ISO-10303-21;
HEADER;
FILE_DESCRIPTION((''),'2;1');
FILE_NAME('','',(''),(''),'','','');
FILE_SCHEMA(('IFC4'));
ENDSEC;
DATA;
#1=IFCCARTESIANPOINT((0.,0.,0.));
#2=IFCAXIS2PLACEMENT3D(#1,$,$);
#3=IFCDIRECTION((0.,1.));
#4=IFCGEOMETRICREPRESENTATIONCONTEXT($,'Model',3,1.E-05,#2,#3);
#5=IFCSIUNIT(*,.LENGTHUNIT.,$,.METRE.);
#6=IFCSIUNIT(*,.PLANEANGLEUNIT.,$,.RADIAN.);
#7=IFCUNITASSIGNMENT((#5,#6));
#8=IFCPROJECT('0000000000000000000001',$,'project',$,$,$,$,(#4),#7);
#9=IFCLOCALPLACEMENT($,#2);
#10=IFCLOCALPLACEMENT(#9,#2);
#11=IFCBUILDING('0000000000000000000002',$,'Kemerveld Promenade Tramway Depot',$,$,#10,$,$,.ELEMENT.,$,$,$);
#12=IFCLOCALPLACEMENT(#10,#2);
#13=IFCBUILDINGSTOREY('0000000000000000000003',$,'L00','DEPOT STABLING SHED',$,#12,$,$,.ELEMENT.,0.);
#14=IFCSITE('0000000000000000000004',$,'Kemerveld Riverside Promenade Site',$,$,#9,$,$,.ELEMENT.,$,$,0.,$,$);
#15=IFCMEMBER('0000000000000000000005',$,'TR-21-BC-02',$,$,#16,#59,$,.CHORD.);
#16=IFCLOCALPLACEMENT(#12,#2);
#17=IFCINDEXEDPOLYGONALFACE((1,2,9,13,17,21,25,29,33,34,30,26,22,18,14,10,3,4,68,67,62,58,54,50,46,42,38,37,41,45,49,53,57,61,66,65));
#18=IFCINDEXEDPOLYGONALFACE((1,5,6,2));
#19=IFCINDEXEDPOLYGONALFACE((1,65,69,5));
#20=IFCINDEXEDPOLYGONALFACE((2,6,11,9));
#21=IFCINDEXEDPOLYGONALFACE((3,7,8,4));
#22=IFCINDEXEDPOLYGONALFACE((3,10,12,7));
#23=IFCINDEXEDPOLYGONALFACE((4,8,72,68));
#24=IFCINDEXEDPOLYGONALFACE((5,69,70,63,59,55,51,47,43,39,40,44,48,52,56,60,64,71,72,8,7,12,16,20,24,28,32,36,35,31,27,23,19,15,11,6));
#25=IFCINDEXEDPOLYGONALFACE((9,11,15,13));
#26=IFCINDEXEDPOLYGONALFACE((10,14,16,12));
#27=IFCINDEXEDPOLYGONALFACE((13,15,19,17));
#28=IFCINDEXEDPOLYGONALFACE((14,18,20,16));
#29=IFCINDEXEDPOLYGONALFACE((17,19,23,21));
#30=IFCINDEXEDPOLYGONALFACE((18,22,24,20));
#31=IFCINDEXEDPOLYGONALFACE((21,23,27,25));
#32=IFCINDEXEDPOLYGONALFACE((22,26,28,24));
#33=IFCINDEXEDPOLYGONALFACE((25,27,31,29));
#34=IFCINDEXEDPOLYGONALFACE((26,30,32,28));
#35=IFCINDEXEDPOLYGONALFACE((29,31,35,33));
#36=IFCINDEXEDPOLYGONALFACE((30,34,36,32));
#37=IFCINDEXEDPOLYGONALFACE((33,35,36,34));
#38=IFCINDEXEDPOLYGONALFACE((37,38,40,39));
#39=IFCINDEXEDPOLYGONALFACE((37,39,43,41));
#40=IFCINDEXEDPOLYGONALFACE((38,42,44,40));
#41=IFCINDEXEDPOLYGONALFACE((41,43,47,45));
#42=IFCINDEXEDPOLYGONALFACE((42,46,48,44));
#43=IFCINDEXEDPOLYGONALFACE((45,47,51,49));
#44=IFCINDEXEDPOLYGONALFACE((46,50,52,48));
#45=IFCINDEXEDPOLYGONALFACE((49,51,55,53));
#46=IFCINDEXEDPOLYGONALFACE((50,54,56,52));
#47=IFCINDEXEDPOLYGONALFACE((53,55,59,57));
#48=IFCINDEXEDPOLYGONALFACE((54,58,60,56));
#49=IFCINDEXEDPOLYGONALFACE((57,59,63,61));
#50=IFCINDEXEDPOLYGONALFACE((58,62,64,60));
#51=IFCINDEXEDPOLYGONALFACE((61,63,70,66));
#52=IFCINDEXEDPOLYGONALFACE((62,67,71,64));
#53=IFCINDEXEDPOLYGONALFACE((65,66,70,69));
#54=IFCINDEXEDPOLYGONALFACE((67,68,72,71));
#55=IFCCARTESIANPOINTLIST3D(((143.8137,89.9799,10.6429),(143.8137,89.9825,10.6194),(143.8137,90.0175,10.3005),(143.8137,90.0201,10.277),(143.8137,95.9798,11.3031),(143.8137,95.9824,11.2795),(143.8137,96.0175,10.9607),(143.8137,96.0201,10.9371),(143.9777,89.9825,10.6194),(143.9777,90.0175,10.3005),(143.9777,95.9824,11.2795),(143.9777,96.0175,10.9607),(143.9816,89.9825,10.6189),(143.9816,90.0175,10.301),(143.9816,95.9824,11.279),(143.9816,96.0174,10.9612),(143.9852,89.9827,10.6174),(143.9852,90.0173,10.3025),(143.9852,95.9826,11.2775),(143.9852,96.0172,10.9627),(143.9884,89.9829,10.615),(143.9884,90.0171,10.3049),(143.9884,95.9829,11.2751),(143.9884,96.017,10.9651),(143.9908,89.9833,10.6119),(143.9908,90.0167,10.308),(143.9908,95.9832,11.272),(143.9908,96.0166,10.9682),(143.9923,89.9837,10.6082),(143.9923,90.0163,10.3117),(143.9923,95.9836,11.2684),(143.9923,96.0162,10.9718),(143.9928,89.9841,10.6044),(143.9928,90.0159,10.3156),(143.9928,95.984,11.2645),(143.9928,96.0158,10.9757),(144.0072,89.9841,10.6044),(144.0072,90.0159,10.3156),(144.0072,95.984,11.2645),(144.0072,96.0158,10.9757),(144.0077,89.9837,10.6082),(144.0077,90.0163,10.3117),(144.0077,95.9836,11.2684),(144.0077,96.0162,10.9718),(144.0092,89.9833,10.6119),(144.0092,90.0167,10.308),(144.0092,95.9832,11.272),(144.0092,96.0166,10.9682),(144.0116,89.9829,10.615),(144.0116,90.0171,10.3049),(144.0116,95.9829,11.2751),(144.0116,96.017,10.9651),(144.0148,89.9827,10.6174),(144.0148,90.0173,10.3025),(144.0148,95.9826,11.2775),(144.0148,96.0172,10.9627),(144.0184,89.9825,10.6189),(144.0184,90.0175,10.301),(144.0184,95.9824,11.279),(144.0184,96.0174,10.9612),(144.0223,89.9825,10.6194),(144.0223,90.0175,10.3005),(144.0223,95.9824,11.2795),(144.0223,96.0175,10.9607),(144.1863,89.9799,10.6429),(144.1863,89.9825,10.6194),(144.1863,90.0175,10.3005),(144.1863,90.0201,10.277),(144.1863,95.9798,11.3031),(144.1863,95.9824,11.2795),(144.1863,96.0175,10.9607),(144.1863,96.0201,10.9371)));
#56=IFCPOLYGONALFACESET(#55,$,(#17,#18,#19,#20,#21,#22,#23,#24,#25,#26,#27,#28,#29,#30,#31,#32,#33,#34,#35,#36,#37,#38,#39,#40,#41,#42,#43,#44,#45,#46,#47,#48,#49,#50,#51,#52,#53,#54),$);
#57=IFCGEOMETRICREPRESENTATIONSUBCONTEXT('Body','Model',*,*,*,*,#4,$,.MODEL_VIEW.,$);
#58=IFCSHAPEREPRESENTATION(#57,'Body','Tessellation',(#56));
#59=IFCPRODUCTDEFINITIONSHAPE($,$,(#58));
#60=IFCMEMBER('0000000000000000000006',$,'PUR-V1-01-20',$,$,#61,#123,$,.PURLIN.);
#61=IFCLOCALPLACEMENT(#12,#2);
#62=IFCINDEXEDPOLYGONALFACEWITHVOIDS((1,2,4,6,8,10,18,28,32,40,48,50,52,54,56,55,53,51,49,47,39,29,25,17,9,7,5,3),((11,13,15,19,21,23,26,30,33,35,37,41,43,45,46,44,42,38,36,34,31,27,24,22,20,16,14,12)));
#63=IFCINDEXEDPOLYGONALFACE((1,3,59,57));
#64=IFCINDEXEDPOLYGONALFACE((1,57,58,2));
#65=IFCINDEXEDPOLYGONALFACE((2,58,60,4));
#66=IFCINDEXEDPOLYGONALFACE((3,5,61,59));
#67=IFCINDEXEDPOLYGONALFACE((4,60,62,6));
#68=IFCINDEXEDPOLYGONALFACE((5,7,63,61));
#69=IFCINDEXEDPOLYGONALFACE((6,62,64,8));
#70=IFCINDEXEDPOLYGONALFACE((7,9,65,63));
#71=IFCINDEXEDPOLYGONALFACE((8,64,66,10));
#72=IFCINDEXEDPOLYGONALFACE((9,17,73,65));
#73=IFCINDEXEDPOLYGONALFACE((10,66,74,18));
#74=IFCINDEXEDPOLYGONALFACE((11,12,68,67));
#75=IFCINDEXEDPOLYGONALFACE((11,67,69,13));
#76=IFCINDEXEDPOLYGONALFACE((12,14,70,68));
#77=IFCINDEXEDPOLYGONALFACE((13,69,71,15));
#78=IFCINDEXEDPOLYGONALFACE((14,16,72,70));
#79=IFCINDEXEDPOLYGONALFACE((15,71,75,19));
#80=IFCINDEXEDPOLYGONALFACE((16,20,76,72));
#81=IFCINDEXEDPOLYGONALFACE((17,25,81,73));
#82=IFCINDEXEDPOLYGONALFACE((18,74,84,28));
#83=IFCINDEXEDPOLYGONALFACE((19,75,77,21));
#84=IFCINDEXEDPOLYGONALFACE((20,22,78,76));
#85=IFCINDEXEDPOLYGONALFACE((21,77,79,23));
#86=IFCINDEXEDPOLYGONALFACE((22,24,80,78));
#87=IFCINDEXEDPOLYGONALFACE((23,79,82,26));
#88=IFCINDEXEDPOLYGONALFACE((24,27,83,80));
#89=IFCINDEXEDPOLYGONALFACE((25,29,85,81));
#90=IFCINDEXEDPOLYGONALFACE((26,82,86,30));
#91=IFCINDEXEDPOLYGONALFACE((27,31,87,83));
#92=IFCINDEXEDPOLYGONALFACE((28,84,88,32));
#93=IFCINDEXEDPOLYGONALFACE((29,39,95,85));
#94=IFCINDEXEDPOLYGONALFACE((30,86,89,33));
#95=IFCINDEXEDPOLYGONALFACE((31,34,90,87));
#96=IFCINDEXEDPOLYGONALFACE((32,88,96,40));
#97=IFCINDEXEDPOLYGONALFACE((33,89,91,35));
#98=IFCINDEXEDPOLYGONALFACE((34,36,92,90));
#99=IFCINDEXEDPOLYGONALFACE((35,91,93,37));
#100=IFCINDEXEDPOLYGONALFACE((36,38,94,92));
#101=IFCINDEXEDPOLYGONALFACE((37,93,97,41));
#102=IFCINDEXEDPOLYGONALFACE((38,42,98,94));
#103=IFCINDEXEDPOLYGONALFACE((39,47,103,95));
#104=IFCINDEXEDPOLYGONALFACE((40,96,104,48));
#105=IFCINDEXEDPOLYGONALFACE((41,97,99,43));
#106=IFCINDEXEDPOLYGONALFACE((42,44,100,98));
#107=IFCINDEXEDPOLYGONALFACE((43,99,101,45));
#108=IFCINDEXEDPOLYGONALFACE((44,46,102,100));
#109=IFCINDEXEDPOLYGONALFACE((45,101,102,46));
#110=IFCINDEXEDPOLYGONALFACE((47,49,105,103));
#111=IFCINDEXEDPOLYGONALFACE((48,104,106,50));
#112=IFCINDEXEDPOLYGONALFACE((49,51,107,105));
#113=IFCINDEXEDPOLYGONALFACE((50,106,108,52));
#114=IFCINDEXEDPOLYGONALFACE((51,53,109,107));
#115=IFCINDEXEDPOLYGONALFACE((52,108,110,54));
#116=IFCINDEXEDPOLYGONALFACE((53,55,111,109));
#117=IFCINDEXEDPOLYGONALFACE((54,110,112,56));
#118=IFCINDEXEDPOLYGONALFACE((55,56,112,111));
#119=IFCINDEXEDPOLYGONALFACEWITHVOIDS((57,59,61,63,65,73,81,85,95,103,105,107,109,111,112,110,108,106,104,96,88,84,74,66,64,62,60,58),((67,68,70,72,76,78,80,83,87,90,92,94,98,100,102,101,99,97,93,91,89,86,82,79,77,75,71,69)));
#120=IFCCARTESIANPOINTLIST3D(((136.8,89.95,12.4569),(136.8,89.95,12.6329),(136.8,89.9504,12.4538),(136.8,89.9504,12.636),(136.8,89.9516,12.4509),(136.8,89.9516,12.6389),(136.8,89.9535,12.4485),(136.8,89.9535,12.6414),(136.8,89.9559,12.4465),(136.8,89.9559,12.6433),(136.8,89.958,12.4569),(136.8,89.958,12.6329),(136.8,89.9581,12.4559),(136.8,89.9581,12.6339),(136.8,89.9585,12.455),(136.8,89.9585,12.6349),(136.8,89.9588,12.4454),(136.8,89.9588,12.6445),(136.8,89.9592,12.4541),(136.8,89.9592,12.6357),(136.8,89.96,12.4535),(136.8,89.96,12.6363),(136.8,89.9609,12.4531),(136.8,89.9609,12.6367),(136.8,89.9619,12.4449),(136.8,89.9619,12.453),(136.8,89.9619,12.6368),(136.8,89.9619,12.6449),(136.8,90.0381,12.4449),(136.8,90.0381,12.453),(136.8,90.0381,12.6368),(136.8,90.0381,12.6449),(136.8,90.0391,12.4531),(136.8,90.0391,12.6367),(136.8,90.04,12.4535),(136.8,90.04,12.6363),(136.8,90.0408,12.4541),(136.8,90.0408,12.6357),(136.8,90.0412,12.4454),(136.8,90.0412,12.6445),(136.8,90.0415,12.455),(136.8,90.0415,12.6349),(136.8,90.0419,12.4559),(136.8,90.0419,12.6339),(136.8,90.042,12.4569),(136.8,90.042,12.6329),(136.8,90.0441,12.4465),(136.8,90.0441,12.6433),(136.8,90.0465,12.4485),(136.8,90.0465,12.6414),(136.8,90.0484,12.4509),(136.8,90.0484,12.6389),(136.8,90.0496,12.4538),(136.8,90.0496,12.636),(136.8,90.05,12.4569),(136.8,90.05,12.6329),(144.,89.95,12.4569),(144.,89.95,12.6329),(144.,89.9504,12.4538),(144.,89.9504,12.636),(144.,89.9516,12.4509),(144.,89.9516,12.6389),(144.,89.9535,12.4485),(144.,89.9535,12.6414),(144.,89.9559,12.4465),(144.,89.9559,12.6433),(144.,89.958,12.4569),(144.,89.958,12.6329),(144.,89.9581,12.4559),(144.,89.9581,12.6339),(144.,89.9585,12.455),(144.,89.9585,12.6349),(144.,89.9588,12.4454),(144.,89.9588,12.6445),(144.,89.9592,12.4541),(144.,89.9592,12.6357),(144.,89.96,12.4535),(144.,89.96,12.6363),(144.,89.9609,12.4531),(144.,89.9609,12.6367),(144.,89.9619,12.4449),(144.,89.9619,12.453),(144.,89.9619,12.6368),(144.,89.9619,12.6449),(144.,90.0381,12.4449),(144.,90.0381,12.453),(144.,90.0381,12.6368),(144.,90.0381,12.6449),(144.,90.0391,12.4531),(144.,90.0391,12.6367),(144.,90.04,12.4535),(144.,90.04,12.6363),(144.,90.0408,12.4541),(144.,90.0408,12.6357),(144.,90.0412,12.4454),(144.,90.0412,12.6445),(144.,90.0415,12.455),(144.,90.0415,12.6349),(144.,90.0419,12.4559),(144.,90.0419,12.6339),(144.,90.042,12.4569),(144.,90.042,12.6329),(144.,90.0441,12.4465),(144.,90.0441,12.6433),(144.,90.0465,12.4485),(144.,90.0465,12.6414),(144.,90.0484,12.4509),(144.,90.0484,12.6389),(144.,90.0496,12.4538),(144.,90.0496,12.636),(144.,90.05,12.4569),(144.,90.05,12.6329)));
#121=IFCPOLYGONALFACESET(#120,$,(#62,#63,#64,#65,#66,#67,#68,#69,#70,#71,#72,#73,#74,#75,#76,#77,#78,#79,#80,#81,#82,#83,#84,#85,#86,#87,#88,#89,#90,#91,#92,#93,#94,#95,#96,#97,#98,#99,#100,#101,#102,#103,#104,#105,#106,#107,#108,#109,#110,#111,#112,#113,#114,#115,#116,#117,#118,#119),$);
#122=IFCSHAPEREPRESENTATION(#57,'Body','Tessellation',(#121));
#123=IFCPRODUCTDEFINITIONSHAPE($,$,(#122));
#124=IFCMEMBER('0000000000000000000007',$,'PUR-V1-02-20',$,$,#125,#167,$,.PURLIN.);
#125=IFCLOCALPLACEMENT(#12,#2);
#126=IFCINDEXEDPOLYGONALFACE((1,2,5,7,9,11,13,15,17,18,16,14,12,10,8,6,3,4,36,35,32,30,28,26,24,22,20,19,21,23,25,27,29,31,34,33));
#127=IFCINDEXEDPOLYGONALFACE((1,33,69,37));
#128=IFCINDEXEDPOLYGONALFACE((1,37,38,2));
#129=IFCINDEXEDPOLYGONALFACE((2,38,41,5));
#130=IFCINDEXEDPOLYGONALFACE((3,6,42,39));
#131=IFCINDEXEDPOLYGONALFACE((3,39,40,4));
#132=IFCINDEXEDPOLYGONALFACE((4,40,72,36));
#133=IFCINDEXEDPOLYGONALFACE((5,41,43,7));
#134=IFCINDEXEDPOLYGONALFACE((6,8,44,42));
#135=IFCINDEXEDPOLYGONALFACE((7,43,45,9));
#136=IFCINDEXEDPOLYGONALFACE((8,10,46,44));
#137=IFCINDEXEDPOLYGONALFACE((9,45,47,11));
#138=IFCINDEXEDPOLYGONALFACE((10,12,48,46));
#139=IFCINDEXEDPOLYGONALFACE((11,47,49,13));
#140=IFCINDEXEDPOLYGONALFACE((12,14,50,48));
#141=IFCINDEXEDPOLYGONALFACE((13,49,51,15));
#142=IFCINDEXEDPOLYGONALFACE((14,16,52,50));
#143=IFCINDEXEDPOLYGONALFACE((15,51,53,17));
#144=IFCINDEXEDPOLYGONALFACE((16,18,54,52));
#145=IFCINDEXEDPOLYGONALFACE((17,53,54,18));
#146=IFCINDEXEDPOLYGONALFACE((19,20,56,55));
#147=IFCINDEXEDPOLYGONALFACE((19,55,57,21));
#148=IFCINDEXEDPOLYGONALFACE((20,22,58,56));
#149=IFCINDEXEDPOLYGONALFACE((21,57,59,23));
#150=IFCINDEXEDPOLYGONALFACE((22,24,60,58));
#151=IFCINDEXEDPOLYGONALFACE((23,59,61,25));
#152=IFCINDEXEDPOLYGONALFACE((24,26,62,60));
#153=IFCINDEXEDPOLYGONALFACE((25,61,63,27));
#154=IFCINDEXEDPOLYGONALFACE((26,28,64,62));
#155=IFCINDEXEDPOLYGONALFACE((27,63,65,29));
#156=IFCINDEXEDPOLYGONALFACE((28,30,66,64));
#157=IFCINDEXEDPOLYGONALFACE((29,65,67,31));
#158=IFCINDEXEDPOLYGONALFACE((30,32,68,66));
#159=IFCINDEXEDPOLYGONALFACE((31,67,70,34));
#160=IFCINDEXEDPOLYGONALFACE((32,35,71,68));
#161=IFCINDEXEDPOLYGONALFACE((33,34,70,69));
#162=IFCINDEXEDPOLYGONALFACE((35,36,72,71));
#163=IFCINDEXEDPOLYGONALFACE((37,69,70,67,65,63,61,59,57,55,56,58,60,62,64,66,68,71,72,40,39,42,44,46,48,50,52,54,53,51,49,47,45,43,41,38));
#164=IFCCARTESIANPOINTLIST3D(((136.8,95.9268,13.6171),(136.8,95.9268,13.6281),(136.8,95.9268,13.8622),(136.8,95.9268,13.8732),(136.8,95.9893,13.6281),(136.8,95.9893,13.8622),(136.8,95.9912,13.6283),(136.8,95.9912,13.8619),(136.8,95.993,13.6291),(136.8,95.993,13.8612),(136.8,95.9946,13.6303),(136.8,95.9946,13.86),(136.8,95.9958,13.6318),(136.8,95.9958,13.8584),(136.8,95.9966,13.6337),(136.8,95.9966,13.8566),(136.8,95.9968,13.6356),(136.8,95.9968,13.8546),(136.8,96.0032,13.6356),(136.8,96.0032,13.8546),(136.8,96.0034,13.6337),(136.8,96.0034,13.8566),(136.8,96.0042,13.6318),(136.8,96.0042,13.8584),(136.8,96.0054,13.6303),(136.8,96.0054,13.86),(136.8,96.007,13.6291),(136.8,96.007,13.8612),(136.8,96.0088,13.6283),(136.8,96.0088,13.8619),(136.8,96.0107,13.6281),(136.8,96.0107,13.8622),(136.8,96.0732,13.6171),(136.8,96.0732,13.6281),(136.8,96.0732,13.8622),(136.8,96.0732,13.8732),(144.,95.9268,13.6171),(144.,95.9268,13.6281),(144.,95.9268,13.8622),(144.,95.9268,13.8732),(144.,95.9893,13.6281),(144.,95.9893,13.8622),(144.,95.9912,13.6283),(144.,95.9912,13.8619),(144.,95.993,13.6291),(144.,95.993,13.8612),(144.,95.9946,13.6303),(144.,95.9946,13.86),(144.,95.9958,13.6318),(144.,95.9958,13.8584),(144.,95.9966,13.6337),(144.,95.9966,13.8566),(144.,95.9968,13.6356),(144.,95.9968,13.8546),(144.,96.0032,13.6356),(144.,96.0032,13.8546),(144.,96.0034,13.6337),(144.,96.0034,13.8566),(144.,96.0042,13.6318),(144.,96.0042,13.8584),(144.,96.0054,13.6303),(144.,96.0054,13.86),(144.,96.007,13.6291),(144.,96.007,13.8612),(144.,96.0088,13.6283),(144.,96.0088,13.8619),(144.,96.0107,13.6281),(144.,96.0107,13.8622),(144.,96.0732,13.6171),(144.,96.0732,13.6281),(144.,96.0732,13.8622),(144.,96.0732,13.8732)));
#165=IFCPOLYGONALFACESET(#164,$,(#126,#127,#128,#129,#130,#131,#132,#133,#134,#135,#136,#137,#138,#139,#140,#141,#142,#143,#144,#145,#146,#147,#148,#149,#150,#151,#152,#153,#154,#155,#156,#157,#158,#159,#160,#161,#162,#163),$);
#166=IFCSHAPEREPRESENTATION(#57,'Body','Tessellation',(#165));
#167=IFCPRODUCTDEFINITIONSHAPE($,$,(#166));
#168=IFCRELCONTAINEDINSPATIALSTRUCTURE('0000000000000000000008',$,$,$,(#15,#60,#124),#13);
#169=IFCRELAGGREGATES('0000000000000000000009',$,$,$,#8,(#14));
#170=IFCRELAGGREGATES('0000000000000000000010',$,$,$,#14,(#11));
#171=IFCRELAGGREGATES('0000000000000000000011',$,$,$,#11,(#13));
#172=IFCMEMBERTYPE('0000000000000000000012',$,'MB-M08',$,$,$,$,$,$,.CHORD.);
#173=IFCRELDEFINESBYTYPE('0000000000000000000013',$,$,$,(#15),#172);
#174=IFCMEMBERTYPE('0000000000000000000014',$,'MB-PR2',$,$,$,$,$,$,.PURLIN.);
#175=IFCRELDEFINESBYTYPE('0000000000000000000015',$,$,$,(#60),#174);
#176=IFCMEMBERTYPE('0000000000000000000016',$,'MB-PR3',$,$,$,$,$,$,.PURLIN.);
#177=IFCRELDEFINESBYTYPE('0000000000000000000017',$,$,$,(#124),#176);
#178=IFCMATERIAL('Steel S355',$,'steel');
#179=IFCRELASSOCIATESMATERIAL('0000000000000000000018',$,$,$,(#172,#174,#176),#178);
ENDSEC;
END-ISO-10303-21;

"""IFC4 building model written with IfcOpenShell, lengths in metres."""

from ifc_helpers import new_model, si_unit, direction, frame, origin, origin_2d, place, context, subcontext, project, spatial, hollow_rectangle, i_section, extrude, material, material_profile, profile_set, type_object, element, save


model = new_model("IFC4")

# Units and contexts
model_context = context("Model", 3, precision=1e-05, world=origin(), true_north=direction((0.0, 1.0)))
body_context = subcontext(model_context, "Body", "Model", "MODEL_VIEW")
ifc_project = project(units=[si_unit("LENGTHUNIT", "METRE"), si_unit("PLANEANGLEUNIT", "RADIAN")], contexts=[model_context])

# Site, building, storey
site_placement = place(None, origin())
site = spatial("IfcSite", under=ifc_project, at=site_placement, Name="Kemerveld Riverside Promenade Site", CompositionType="ELEMENT", RefElevation=0.0)
building_placement = place(site_placement, origin())
building = spatial("IfcBuilding", under=site, at=building_placement, Name="Kemerveld Promenade Tramway Depot", CompositionType="ELEMENT")
storey_placement = place(building_placement, origin())
storey = spatial("IfcBuildingStorey", under=building, at=storey_placement, Name="L00", Description="DEPOT STABLING SHED", CompositionType="ELEMENT", Elevation=0.0)

# Members
ifc_material_1 = material(Name="Steel S355", Category="steel")
ifc_material_profile_1 = material_profile(ifc_material_1, i_section(OverallWidth=0.3726, OverallDepth=0.3682, WebThickness=0.0144, FlangeThickness=0.0237, FilletRadius=0.0151, at=origin_2d()), Name="356x368x177 UC")
ifc_profile_set_1 = profile_set([ifc_material_profile_1], Name="Steel S355")
member_type_1 = type_object("IfcMemberType", Name="MB-M08", PredefinedType="CHORD", material=ifc_profile_set_1)
for number, where, z_axis, x_axis, name in (
    (1, (144.0, 90.0, 10.46), (0.0, 0.994002, 0.109366), (-1.0, 0.0, 0.0), "TR-21-BC-02"),
):
    element("IfcMember", number, at=place(storey_placement, frame(where, z_axis=z_axis, x_axis=x_axis)), inside=storey, type_object=member_type_1, Name=name, PredefinedType="CHORD", context=body_context, shape_type="SweptSolid", body=[
        extrude(i_section(OverallWidth=0.3726, OverallDepth=0.3682, WebThickness=0.0144, FlangeThickness=0.0237, FilletRadius=0.0151, at=origin_2d()), origin(), (0.0, 0.0, 1.0), 6.0361),
    ])
ifc_material_profile_2 = material_profile(ifc_material_1, hollow_rectangle(XDim=0.1001, YDim=0.2, WallThickness=0.0081, InnerFilletRadius=0.0039, OuterFilletRadius=0.012, at=origin_2d()), Name="200x100x8.0 RHS")
ifc_profile_set_2 = profile_set([ifc_material_profile_2], Name="Steel S355")
member_type_2 = type_object("IfcMemberType", Name="MB-PR2", PredefinedType="PURLIN", material=ifc_profile_set_2)
member_1_placement = place(storey_placement, frame((136.8, 90.0, 12.5449), z_axis=(1.0, 0.0, 0.0), x_axis=(0.0, 1.0, 0.0)))
element("IfcMember", 2, at=member_1_placement, inside=storey, type_object=member_type_2, Name="PUR-V1-01-20", PredefinedType="PURLIN", context=body_context, shape_type="SweptSolid", body=[
    extrude(hollow_rectangle(XDim=0.1001, YDim=0.2, WallThickness=0.0081, InnerFilletRadius=0.0039, OuterFilletRadius=0.012, at=origin_2d()), origin(), (0.0, 0.0, 1.0), 7.2),
])
ifc_material_profile_3 = material_profile(ifc_material_1, i_section(OverallWidth=0.1465, OverallDepth=0.2561, WebThickness=0.0063, FlangeThickness=0.011, FilletRadius=0.0076, at=origin_2d()), Name="254x146x37 UB")
ifc_profile_set_3 = profile_set([ifc_material_profile_3], Name="Steel S355")
member_type_3 = type_object("IfcMemberType", Name="MB-PR3", PredefinedType="PURLIN", material=ifc_profile_set_3)
member_2_placement = place(storey_placement, frame((136.8, 96.0, 13.7451), z_axis=(1.0, 0.0, 0.0), x_axis=(0.0, 1.0, 0.0)))
element("IfcMember", 3, at=member_2_placement, inside=storey, type_object=member_type_3, Name="PUR-V1-02-20", PredefinedType="PURLIN", context=body_context, shape_type="SweptSolid", body=[
    extrude(i_section(OverallWidth=0.1465, OverallDepth=0.2561, WebThickness=0.0063, FlangeThickness=0.011, FilletRadius=0.0076, at=origin_2d()), origin(), (0.0, 0.0, 1.0), 7.2),
])

save(model, "model.ifc")
